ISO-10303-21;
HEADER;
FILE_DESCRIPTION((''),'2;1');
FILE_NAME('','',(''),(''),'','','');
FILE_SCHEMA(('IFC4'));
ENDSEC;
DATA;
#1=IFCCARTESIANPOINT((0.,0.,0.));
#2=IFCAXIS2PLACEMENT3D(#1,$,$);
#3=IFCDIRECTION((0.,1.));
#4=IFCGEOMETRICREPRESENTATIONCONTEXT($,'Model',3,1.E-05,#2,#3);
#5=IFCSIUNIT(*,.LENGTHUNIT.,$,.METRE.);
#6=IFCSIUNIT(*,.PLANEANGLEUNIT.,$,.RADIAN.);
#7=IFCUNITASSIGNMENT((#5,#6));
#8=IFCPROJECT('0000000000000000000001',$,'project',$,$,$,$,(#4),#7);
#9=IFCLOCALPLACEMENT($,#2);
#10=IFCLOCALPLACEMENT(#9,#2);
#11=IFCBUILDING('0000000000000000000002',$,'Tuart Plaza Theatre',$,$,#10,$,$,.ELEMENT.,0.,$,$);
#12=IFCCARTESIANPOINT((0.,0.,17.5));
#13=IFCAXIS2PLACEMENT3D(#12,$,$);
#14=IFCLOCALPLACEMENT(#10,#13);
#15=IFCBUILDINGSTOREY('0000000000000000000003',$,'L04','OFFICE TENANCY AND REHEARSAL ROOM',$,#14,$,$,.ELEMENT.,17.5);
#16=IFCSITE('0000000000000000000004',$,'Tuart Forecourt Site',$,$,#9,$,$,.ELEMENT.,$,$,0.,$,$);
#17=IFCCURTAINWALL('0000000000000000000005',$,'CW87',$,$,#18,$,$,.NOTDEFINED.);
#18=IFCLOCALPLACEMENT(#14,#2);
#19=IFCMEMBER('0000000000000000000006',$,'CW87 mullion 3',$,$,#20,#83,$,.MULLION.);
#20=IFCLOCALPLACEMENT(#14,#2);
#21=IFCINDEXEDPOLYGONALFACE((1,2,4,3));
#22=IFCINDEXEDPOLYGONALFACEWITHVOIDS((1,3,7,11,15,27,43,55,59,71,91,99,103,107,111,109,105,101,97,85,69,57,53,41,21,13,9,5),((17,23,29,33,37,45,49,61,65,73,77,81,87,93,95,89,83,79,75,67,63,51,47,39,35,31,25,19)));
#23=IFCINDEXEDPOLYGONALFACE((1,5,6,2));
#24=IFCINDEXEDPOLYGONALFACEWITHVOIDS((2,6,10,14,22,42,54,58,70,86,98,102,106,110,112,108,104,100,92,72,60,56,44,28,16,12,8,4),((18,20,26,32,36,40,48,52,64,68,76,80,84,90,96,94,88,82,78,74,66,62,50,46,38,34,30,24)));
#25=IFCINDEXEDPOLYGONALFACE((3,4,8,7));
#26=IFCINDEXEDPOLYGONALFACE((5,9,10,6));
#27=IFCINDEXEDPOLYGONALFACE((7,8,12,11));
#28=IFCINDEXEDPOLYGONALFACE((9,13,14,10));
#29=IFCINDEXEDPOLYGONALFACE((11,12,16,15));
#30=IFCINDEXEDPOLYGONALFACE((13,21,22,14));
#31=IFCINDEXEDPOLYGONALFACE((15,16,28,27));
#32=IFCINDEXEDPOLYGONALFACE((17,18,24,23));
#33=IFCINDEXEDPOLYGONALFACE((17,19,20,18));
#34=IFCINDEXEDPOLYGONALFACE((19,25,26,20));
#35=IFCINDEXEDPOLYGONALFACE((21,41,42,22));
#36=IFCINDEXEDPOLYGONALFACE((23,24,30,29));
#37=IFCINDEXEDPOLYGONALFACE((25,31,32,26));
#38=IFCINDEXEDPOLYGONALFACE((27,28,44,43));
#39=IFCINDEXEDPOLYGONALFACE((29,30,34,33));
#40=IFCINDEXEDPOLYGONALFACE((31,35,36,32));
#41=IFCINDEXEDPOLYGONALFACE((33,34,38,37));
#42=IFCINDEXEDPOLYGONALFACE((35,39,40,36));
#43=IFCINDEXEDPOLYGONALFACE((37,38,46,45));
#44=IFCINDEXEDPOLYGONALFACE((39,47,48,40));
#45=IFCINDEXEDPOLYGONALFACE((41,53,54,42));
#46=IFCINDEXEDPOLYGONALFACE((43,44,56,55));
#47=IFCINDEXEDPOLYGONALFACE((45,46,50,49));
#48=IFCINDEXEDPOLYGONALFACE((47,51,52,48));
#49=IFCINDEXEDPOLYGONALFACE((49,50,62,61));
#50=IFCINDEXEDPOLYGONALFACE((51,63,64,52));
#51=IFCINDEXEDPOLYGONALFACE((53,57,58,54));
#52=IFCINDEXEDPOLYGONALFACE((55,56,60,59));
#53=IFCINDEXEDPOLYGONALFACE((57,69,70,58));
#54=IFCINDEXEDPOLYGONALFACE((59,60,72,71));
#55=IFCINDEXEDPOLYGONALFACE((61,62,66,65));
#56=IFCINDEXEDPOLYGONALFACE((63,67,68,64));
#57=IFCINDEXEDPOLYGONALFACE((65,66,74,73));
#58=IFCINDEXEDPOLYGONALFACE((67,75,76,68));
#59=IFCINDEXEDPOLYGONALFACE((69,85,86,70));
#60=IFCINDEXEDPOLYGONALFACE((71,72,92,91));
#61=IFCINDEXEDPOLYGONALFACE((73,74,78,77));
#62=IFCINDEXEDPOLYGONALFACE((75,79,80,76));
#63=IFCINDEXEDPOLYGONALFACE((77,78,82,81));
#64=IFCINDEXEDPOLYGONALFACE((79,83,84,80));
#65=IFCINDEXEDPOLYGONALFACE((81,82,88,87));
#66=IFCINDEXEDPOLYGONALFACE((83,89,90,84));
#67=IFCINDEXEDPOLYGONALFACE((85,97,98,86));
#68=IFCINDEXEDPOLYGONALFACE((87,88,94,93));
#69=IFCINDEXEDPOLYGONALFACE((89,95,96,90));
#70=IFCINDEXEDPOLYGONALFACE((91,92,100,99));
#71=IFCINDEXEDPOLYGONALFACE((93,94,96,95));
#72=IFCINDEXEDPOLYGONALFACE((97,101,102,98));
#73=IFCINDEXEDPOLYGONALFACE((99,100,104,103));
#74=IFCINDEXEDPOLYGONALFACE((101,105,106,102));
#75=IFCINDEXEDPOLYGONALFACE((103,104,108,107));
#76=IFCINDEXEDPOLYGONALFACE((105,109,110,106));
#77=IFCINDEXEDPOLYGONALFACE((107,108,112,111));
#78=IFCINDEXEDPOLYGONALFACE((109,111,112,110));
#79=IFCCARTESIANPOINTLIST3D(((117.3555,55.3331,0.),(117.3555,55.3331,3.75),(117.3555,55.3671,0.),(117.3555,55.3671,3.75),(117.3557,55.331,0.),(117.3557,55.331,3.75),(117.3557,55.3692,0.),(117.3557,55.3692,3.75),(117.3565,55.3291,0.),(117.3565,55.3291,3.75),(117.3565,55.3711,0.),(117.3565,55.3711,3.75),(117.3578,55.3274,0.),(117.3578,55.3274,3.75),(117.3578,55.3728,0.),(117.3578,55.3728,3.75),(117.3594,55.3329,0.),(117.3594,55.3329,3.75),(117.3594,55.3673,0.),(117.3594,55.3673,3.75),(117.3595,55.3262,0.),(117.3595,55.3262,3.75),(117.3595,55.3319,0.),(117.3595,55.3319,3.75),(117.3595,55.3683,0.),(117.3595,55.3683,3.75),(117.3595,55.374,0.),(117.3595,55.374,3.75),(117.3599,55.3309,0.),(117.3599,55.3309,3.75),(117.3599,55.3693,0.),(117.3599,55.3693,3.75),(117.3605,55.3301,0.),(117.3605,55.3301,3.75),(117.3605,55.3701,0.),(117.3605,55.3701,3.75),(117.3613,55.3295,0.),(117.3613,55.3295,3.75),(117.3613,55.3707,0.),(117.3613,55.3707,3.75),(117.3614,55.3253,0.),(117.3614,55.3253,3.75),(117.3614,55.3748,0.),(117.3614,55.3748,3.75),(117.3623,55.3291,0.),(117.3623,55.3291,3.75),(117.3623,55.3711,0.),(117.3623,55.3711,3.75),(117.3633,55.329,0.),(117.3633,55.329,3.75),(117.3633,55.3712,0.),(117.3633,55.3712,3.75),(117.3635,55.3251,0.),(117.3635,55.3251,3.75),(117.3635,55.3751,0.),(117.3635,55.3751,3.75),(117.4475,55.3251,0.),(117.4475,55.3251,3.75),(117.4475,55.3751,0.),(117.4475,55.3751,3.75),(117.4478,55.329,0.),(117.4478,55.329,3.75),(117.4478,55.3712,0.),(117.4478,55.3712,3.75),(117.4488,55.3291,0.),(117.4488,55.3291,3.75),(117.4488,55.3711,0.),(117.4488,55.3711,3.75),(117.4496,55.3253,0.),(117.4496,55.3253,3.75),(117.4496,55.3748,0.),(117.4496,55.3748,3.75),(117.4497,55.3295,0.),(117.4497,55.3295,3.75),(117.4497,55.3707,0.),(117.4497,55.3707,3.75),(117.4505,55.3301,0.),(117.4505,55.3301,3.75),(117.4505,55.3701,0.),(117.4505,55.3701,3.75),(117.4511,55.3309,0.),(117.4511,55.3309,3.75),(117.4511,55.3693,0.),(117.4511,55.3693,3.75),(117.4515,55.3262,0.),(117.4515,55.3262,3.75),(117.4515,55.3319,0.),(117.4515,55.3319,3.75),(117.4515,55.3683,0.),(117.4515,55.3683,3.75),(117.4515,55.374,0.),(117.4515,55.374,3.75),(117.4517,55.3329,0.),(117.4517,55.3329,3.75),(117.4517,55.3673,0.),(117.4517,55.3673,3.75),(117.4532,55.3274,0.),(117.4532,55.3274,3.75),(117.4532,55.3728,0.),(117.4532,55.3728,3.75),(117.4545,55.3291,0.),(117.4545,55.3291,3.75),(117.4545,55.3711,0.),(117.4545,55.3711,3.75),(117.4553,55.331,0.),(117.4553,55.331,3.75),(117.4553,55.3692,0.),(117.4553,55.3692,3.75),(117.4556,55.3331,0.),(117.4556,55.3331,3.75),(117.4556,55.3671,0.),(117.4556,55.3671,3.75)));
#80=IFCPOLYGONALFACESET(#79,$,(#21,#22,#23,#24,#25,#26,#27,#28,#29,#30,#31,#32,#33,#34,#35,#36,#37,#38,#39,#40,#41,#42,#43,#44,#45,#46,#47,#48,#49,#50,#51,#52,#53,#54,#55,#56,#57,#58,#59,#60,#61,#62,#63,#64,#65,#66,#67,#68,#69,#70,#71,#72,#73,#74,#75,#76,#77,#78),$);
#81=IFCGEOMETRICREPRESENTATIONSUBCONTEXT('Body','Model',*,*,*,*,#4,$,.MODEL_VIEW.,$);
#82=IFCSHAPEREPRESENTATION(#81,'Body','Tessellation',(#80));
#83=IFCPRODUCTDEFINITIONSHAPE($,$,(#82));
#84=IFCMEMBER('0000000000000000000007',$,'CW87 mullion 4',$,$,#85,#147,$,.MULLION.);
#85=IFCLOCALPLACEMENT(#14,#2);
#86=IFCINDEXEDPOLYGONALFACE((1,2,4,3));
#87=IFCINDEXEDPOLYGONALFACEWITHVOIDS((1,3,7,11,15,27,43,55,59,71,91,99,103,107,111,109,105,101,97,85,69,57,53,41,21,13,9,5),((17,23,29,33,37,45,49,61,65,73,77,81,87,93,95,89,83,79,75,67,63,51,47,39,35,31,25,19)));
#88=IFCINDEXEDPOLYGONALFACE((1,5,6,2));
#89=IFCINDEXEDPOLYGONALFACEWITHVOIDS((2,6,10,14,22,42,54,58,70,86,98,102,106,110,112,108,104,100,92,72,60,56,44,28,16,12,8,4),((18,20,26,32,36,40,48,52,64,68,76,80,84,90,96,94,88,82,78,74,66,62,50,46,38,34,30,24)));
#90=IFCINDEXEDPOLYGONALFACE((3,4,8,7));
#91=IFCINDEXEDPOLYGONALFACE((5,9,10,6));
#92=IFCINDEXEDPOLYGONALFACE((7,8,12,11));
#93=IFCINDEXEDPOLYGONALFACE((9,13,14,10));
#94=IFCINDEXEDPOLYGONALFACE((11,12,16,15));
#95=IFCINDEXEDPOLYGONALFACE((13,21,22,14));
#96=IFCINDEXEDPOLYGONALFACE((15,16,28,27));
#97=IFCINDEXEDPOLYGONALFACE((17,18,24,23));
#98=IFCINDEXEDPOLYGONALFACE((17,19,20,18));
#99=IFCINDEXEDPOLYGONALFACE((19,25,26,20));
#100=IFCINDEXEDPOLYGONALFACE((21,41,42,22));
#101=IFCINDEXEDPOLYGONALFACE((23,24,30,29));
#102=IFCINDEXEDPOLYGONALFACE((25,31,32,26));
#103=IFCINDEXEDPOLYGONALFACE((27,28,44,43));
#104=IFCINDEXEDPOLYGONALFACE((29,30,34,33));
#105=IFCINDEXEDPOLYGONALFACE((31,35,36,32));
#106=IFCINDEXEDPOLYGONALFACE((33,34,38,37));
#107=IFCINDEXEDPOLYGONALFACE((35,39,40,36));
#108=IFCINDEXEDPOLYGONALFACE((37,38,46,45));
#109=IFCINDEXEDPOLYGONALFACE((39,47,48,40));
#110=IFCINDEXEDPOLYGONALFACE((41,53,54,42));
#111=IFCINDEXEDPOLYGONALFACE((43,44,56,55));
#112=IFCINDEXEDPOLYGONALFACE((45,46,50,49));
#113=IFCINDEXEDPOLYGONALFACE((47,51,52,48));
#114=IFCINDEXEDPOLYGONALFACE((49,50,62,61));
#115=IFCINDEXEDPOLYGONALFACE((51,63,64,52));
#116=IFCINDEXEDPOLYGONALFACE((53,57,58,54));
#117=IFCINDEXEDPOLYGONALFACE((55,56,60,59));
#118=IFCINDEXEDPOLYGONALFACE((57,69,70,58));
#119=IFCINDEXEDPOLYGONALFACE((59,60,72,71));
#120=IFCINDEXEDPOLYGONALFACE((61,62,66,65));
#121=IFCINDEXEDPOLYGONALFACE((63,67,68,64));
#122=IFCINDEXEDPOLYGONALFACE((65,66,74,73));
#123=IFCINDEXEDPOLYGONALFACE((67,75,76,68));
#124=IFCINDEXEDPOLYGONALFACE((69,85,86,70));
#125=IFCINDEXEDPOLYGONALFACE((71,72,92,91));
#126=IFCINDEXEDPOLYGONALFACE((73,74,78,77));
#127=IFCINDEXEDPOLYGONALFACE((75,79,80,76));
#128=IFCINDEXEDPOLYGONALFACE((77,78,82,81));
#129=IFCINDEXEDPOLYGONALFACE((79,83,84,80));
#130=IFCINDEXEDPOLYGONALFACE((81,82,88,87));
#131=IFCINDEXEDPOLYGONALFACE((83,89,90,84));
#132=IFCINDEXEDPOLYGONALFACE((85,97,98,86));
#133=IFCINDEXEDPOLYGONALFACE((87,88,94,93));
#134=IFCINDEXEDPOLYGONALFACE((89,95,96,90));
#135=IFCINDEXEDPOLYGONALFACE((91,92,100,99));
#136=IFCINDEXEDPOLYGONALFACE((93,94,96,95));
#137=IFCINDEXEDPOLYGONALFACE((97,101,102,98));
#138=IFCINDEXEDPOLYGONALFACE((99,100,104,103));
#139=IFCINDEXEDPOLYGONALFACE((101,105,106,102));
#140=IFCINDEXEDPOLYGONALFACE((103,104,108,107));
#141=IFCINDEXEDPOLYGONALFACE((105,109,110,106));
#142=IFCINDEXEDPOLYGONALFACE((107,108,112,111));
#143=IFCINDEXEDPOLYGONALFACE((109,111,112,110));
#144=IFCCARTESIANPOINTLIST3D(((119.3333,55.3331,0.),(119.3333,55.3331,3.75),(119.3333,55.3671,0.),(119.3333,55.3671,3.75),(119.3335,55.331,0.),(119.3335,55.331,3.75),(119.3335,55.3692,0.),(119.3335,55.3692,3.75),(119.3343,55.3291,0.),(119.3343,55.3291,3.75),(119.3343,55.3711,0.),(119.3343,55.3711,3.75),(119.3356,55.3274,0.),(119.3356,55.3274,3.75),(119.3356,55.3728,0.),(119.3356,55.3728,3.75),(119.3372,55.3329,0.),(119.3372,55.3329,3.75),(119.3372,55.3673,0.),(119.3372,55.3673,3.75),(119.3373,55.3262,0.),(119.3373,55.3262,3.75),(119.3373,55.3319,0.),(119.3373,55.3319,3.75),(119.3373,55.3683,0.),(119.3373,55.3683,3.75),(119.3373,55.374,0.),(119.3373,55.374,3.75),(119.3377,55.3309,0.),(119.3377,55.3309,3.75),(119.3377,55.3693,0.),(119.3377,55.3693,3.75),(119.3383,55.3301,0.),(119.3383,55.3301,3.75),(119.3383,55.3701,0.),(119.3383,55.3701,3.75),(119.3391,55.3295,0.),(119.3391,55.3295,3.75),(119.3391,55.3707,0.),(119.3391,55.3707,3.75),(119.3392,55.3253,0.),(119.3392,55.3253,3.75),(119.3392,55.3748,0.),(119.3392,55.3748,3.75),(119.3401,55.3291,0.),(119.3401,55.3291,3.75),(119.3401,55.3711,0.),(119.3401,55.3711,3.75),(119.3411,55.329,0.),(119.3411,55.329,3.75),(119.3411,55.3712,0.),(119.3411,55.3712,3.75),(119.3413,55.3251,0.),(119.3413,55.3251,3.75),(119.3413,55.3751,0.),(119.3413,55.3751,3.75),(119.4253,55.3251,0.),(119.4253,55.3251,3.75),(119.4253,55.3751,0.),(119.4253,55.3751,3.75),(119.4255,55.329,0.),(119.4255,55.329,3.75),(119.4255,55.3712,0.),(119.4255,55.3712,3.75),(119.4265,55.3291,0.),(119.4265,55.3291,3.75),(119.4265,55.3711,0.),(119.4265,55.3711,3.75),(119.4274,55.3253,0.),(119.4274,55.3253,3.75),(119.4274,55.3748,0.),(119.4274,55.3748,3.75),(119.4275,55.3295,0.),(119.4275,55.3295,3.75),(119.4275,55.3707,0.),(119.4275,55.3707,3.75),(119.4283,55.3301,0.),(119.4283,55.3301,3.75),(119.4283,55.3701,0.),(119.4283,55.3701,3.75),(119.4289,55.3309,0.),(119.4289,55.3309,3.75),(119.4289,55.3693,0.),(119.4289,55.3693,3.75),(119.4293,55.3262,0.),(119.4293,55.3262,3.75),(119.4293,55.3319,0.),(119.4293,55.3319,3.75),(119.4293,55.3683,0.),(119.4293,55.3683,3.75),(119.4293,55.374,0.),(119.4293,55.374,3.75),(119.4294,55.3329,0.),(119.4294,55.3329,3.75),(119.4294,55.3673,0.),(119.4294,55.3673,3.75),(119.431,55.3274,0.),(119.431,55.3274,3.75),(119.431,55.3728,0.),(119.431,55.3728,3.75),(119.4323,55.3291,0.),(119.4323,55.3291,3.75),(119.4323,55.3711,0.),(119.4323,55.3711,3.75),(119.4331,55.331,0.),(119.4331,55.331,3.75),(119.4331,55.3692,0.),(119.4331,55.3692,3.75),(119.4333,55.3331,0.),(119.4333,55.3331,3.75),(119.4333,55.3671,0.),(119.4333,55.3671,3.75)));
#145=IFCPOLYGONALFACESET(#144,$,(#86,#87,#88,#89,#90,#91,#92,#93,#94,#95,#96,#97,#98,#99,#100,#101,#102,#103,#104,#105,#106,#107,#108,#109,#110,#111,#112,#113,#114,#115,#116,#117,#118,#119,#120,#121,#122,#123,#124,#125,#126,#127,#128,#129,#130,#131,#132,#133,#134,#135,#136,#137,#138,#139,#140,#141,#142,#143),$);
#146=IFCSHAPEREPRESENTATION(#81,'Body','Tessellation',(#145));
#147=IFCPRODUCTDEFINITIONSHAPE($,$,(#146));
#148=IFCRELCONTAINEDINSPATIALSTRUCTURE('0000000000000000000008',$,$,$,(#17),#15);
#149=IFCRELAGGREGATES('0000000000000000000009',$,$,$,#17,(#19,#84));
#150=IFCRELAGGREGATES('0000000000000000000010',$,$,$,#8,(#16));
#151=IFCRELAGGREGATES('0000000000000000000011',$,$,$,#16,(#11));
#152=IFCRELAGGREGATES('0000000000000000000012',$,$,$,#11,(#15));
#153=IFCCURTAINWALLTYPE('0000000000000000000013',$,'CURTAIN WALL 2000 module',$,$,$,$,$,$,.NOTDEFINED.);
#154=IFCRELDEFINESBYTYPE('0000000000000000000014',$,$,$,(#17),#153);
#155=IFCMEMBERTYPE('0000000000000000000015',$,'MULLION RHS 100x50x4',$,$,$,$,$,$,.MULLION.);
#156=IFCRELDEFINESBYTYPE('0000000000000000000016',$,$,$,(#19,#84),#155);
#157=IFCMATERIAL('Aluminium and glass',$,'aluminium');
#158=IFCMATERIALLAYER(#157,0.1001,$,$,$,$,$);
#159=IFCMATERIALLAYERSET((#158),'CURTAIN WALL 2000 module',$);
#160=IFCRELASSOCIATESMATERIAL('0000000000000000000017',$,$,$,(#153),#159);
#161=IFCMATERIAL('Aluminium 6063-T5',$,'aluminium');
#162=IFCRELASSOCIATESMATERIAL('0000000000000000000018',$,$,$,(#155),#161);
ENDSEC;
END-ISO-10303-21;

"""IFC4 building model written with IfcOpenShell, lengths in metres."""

from ifc_helpers import new_model, si_unit, direction, frame, origin, origin_2d, place, context, subcontext, project, spatial, hollow_rectangle, extrude, material, layer, layer_set, material_profile, profile_set, type_object, element, aggregate, save


model = new_model("IFC4")

# Units and contexts
model_context = context("Model", 3, precision=1e-05, world=origin(), true_north=direction((0.0, 1.0)))
body_context = subcontext(model_context, "Body", "Model", "MODEL_VIEW")
ifc_project = project(units=[si_unit("LENGTHUNIT", "METRE"), si_unit("PLANEANGLEUNIT", "RADIAN")], contexts=[model_context])

# Site, building, storey
site_placement = place(None, origin())
site = spatial("IfcSite", under=ifc_project, at=site_placement, Name="Tuart Forecourt Site", CompositionType="ELEMENT", RefElevation=0.0)
building_placement = place(site_placement, origin())
building = spatial("IfcBuilding", under=site, at=building_placement, Name="Tuart Plaza Theatre", CompositionType="ELEMENT", ElevationOfRefHeight=0.0)
storey_placement = place(building_placement, frame((0.0, 0.0, 17.5)))
storey = spatial("IfcBuildingStorey", under=building, at=storey_placement, Name="L04", Description="OFFICE TENANCY AND REHEARSAL ROOM", CompositionType="ELEMENT", Elevation=17.5)

# Curtain wall, members
ifc_material_1 = material(Name="Aluminium and glass", Category="aluminium")
ifc_layer_1 = layer(ifc_material_1, 0.1001)
ifc_layer_set_1 = layer_set([ifc_layer_1], Name="CURTAIN WALL 2000 module")
curtain_wall_type = type_object("IfcCurtainWallType", Name="CURTAIN WALL 2000 module", PredefinedType="NOTDEFINED", material=ifc_layer_set_1)
curtain_wall_placement = place(storey_placement, origin())
curtain_wall = element("IfcCurtainWall", 1, at=curtain_wall_placement, inside=storey, type_object=curtain_wall_type, Name="CW87", PredefinedType="NOTDEFINED")
ifc_material_2 = material(Name="Aluminium 6063-T5", Category="aluminium")
ifc_material_profile_1 = material_profile(ifc_material_2, hollow_rectangle(XDim=0.05, YDim=0.1001, WallThickness=0.0039, InnerFilletRadius=0.0039, OuterFilletRadius=0.0081, at=origin_2d()), Name="RHS 100x50x4")
ifc_profile_set_1 = profile_set([ifc_material_profile_1], Name="Aluminium 6063-T5")
member_type_1 = type_object("IfcMemberType", Name="MULLION RHS 100x50x4", PredefinedType="MULLION", material=ifc_profile_set_1)
member_1_placement = place(storey_placement, frame((117.4055, 55.3501, 0.0), z_axis=(0.0, 0.0, 1.0), x_axis=(0.0, 1.0, 0.0)))
member_1 = element("IfcMember", 2, at=member_1_placement, type_object=member_type_1, Name="CW87 mullion 3", PredefinedType="MULLION", context=body_context, shape_type="SweptSolid", body=[
    extrude(hollow_rectangle(XDim=0.05, YDim=0.1001, WallThickness=0.0039, InnerFilletRadius=0.0039, OuterFilletRadius=0.0081, at=origin_2d()), origin(), (0.0, 0.0, 1.0), 3.75),
])
member_2_placement = place(storey_placement, frame((119.3833, 55.3501, 0.0), z_axis=(0.0, 0.0, 1.0), x_axis=(0.0, 1.0, 0.0)))
member_2 = element("IfcMember", 3, at=member_2_placement, type_object=member_type_1, Name="CW87 mullion 4", PredefinedType="MULLION", context=body_context, shape_type="SweptSolid", body=[
    extrude(hollow_rectangle(XDim=0.05, YDim=0.1001, WallThickness=0.0039, InnerFilletRadius=0.0039, OuterFilletRadius=0.0081, at=origin_2d()), origin(), (0.0, 0.0, 1.0), 3.75),
])
aggregate(curtain_wall, [member_1, member_2])

save(model, "model.ifc")
